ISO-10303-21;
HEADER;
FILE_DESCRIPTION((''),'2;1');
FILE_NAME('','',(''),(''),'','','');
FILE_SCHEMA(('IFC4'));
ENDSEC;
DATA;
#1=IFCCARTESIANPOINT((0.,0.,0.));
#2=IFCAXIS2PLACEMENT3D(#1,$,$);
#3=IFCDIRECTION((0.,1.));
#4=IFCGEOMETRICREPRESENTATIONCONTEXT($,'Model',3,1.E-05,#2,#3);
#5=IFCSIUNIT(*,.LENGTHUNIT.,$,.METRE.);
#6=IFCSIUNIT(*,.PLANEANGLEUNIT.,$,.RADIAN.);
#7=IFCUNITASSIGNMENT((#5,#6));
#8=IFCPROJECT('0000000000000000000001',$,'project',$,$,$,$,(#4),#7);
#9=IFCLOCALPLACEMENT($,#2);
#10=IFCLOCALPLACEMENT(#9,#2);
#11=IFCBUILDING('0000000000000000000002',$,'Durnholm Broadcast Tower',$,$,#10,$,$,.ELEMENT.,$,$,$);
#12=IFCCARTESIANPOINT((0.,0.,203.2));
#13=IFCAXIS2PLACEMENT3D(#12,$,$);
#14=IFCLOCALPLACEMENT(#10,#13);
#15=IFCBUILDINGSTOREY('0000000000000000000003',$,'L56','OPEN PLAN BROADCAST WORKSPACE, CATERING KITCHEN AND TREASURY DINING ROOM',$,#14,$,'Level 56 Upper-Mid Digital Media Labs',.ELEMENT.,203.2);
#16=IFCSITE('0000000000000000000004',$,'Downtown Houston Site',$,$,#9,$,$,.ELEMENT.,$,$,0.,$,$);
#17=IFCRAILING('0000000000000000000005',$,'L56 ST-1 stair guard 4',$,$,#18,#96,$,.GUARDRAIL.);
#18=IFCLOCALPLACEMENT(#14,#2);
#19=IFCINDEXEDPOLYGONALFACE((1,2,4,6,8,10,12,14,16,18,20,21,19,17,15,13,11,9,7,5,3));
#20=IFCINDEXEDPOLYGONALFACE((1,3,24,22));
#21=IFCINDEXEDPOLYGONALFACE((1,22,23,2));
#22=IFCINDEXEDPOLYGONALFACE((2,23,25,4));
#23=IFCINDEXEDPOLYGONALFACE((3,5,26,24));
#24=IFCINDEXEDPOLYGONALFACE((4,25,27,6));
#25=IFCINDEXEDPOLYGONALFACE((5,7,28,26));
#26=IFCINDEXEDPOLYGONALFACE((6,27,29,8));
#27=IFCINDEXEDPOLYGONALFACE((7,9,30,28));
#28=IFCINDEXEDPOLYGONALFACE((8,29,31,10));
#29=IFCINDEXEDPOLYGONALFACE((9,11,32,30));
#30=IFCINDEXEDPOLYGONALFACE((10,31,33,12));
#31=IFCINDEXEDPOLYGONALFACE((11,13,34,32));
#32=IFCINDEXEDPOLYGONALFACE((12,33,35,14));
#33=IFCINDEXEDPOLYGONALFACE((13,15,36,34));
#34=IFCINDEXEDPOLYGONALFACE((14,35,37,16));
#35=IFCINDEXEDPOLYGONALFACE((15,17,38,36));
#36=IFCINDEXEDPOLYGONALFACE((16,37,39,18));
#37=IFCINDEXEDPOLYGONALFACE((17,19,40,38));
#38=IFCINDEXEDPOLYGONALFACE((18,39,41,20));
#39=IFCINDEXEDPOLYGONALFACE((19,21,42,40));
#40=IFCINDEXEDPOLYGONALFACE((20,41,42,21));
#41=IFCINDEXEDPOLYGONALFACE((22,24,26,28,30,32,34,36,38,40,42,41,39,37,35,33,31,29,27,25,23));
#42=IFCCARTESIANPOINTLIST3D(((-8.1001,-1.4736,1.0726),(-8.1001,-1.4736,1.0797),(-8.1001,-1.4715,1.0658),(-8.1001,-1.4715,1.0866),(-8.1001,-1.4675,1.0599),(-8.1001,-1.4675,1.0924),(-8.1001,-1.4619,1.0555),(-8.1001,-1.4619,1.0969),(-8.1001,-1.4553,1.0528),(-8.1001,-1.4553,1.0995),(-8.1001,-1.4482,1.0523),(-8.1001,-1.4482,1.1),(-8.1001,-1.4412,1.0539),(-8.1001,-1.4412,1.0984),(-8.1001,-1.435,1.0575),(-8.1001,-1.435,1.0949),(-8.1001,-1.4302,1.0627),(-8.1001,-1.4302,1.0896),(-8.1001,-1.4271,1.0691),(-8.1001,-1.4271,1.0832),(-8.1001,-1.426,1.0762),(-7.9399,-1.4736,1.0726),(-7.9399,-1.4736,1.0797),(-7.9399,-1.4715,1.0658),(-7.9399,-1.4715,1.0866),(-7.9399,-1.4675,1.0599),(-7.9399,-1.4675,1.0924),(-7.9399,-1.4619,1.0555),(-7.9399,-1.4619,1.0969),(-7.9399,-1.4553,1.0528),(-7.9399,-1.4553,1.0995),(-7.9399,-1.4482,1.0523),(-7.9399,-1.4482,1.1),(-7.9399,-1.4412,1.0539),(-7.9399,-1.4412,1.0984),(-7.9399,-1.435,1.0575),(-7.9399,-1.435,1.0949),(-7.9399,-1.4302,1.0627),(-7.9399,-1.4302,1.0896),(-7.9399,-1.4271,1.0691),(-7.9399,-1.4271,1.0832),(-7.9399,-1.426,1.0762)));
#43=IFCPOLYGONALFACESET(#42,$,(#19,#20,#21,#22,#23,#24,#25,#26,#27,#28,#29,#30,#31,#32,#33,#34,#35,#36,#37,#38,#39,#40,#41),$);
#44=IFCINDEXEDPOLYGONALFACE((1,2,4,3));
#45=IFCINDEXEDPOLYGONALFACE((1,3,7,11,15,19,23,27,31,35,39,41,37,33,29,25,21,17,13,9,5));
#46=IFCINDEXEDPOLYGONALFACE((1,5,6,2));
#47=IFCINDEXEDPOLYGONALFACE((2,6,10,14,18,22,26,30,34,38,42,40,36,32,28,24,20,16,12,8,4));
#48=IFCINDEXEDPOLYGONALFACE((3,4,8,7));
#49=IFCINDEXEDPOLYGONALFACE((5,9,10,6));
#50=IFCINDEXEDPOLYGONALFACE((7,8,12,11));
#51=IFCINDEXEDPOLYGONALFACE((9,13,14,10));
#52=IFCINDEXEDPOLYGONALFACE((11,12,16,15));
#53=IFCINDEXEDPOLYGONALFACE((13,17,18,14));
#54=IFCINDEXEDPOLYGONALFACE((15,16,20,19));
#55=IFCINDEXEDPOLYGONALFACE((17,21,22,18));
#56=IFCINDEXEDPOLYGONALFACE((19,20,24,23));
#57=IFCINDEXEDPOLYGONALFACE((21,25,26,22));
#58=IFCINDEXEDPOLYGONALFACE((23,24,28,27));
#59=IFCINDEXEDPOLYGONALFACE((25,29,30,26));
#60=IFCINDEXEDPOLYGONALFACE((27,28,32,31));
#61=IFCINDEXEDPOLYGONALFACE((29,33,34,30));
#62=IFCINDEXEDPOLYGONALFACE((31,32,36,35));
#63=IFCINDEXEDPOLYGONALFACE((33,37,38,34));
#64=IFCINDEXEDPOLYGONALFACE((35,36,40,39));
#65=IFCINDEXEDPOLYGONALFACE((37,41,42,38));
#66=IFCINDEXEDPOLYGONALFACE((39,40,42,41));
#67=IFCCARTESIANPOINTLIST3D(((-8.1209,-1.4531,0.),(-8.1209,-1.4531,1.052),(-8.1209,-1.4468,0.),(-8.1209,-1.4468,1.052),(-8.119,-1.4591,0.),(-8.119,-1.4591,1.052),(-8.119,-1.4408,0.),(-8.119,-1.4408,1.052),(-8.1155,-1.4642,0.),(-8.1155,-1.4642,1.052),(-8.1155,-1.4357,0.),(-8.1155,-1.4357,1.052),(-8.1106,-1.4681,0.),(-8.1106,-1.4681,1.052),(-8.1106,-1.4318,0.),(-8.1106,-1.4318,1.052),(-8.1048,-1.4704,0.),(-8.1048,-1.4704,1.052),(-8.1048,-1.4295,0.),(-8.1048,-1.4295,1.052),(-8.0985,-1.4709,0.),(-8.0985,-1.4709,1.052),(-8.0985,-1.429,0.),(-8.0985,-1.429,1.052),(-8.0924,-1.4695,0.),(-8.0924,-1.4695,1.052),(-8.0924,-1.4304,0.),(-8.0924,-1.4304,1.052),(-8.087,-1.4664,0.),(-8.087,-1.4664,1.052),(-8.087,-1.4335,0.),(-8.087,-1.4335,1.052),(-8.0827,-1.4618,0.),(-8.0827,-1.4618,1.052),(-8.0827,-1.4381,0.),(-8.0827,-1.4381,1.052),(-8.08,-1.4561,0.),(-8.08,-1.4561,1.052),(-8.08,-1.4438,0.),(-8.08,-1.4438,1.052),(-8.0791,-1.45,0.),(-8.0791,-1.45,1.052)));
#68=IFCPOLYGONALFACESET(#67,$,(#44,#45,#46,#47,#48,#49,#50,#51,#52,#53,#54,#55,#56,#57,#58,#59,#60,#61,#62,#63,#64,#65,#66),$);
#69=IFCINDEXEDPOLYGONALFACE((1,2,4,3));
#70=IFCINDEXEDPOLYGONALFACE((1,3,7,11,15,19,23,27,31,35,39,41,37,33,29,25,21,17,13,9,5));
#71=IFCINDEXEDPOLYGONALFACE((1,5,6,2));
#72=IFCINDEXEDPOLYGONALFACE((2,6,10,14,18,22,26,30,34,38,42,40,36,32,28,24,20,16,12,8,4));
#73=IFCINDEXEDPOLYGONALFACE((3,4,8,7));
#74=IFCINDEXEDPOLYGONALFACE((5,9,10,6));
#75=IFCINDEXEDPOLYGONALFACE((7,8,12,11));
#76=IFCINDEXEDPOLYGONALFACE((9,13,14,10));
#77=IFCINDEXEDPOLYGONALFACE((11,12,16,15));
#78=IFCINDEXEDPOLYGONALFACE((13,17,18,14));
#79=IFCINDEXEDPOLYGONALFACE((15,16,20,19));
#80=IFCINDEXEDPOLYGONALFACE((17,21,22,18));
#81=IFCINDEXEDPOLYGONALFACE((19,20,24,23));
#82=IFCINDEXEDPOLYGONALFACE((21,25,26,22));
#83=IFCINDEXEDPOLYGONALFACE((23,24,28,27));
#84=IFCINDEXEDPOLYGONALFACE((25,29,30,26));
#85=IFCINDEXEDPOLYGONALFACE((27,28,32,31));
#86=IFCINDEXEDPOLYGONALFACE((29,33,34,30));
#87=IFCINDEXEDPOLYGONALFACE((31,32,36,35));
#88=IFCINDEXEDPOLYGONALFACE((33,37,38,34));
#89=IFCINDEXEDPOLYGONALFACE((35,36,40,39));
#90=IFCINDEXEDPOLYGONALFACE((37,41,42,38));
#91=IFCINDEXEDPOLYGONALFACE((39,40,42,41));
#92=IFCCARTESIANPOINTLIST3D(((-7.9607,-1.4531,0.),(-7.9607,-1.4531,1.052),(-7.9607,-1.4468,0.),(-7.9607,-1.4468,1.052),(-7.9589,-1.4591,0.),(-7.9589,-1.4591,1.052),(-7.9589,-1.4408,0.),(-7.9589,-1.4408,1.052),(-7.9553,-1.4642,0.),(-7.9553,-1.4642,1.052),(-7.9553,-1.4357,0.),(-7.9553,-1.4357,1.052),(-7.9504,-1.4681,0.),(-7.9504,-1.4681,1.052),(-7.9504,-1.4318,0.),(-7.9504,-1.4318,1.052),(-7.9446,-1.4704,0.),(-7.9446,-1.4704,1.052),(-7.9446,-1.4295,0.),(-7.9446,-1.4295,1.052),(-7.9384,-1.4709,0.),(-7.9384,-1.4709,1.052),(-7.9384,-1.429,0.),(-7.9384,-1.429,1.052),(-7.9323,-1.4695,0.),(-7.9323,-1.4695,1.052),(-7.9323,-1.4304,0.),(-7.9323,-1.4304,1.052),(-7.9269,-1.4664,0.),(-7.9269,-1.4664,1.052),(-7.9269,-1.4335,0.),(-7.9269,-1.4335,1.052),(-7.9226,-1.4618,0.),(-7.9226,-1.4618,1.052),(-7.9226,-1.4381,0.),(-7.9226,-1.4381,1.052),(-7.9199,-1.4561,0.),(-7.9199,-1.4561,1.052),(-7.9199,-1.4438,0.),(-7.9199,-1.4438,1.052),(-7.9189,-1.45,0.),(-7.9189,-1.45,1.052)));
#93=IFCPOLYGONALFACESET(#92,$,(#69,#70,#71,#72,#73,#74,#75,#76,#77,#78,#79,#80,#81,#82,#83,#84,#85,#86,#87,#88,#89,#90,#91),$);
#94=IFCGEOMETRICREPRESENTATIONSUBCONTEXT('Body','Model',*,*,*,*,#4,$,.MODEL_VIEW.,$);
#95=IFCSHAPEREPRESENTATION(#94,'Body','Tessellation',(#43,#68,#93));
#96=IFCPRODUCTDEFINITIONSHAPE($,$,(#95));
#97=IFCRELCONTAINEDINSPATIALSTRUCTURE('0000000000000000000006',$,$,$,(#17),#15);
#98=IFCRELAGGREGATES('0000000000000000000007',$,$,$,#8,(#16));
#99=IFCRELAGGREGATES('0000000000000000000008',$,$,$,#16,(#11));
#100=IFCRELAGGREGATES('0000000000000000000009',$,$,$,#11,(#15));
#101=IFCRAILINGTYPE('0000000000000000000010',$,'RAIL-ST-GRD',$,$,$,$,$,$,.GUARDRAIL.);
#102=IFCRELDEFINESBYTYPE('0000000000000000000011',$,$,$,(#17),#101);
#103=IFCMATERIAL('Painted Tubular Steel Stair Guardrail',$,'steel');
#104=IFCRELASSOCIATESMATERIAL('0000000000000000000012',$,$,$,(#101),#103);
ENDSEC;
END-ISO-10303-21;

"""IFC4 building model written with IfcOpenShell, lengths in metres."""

from ifc_helpers import new_model, si_unit, direction, frame, origin, origin_2d, place, context, subcontext, project, spatial, circle, extrude, material, type_object, element, save


model = new_model("IFC4")

# Units and contexts
model_context = context("Model", 3, precision=1e-05, world=origin(), true_north=direction((0.0, 1.0)))
body_context = subcontext(model_context, "Body", "Model", "MODEL_VIEW")
ifc_project = project(units=[si_unit("LENGTHUNIT", "METRE"), si_unit("PLANEANGLEUNIT", "RADIAN")], contexts=[model_context])

# Site, building, storey
site_placement = place(None, origin())
site = spatial("IfcSite", under=ifc_project, at=site_placement, Name="Downtown Houston Site", CompositionType="ELEMENT", RefElevation=0.0)
building_placement = place(site_placement, origin())
building = spatial("IfcBuilding", under=site, at=building_placement, Name="Durnholm Broadcast Tower", CompositionType="ELEMENT")
storey_placement = place(building_placement, frame((0.0, 0.0, 203.2)))
storey = spatial("IfcBuildingStorey", under=building, at=storey_placement, Name="L56", Description="OPEN PLAN BROADCAST WORKSPACE, CATERING KITCHEN AND TREASURY DINING ROOM", LongName="Level 56 Upper-Mid Digital Media Labs", CompositionType="ELEMENT", Elevation=203.2)

# Railing
ifc_material_1 = material(Name="Painted Tubular Steel Stair Guardrail", Category="steel")
railing_type_1 = type_object("IfcRailingType", Name="RAIL-ST-GRD", PredefinedType="GUARDRAIL", material=ifc_material_1)
railing_1_placement = place(storey_placement, frame((-8.1001, -1.45, 0.0)))
element("IfcRailing", 1, at=railing_1_placement, inside=storey, type_object=railing_type_1, Name="L56 ST-1 stair guard 4", PredefinedType="GUARDRAIL", context=body_context, shape_type="SweptSolid", body=[
    extrude(circle(Radius=0.0239, at=origin_2d()), frame((0.0, 0.0, 1.0762), z_axis=(1.0, 0.0, 0.0), x_axis=(0.0, 1.0, 0.0)), (0.0, 0.0, 1.0), 0.1602),
    extrude(circle(Radius=0.021, at=origin_2d()), origin(), (0.0, 0.0, 1.0), 1.052),
    extrude(circle(Radius=0.021, at=origin_2d()), frame((0.1602, 0.0, 0.0)), (0.0, 0.0, 1.0), 1.052),
])

save(model, "model.ifc")
